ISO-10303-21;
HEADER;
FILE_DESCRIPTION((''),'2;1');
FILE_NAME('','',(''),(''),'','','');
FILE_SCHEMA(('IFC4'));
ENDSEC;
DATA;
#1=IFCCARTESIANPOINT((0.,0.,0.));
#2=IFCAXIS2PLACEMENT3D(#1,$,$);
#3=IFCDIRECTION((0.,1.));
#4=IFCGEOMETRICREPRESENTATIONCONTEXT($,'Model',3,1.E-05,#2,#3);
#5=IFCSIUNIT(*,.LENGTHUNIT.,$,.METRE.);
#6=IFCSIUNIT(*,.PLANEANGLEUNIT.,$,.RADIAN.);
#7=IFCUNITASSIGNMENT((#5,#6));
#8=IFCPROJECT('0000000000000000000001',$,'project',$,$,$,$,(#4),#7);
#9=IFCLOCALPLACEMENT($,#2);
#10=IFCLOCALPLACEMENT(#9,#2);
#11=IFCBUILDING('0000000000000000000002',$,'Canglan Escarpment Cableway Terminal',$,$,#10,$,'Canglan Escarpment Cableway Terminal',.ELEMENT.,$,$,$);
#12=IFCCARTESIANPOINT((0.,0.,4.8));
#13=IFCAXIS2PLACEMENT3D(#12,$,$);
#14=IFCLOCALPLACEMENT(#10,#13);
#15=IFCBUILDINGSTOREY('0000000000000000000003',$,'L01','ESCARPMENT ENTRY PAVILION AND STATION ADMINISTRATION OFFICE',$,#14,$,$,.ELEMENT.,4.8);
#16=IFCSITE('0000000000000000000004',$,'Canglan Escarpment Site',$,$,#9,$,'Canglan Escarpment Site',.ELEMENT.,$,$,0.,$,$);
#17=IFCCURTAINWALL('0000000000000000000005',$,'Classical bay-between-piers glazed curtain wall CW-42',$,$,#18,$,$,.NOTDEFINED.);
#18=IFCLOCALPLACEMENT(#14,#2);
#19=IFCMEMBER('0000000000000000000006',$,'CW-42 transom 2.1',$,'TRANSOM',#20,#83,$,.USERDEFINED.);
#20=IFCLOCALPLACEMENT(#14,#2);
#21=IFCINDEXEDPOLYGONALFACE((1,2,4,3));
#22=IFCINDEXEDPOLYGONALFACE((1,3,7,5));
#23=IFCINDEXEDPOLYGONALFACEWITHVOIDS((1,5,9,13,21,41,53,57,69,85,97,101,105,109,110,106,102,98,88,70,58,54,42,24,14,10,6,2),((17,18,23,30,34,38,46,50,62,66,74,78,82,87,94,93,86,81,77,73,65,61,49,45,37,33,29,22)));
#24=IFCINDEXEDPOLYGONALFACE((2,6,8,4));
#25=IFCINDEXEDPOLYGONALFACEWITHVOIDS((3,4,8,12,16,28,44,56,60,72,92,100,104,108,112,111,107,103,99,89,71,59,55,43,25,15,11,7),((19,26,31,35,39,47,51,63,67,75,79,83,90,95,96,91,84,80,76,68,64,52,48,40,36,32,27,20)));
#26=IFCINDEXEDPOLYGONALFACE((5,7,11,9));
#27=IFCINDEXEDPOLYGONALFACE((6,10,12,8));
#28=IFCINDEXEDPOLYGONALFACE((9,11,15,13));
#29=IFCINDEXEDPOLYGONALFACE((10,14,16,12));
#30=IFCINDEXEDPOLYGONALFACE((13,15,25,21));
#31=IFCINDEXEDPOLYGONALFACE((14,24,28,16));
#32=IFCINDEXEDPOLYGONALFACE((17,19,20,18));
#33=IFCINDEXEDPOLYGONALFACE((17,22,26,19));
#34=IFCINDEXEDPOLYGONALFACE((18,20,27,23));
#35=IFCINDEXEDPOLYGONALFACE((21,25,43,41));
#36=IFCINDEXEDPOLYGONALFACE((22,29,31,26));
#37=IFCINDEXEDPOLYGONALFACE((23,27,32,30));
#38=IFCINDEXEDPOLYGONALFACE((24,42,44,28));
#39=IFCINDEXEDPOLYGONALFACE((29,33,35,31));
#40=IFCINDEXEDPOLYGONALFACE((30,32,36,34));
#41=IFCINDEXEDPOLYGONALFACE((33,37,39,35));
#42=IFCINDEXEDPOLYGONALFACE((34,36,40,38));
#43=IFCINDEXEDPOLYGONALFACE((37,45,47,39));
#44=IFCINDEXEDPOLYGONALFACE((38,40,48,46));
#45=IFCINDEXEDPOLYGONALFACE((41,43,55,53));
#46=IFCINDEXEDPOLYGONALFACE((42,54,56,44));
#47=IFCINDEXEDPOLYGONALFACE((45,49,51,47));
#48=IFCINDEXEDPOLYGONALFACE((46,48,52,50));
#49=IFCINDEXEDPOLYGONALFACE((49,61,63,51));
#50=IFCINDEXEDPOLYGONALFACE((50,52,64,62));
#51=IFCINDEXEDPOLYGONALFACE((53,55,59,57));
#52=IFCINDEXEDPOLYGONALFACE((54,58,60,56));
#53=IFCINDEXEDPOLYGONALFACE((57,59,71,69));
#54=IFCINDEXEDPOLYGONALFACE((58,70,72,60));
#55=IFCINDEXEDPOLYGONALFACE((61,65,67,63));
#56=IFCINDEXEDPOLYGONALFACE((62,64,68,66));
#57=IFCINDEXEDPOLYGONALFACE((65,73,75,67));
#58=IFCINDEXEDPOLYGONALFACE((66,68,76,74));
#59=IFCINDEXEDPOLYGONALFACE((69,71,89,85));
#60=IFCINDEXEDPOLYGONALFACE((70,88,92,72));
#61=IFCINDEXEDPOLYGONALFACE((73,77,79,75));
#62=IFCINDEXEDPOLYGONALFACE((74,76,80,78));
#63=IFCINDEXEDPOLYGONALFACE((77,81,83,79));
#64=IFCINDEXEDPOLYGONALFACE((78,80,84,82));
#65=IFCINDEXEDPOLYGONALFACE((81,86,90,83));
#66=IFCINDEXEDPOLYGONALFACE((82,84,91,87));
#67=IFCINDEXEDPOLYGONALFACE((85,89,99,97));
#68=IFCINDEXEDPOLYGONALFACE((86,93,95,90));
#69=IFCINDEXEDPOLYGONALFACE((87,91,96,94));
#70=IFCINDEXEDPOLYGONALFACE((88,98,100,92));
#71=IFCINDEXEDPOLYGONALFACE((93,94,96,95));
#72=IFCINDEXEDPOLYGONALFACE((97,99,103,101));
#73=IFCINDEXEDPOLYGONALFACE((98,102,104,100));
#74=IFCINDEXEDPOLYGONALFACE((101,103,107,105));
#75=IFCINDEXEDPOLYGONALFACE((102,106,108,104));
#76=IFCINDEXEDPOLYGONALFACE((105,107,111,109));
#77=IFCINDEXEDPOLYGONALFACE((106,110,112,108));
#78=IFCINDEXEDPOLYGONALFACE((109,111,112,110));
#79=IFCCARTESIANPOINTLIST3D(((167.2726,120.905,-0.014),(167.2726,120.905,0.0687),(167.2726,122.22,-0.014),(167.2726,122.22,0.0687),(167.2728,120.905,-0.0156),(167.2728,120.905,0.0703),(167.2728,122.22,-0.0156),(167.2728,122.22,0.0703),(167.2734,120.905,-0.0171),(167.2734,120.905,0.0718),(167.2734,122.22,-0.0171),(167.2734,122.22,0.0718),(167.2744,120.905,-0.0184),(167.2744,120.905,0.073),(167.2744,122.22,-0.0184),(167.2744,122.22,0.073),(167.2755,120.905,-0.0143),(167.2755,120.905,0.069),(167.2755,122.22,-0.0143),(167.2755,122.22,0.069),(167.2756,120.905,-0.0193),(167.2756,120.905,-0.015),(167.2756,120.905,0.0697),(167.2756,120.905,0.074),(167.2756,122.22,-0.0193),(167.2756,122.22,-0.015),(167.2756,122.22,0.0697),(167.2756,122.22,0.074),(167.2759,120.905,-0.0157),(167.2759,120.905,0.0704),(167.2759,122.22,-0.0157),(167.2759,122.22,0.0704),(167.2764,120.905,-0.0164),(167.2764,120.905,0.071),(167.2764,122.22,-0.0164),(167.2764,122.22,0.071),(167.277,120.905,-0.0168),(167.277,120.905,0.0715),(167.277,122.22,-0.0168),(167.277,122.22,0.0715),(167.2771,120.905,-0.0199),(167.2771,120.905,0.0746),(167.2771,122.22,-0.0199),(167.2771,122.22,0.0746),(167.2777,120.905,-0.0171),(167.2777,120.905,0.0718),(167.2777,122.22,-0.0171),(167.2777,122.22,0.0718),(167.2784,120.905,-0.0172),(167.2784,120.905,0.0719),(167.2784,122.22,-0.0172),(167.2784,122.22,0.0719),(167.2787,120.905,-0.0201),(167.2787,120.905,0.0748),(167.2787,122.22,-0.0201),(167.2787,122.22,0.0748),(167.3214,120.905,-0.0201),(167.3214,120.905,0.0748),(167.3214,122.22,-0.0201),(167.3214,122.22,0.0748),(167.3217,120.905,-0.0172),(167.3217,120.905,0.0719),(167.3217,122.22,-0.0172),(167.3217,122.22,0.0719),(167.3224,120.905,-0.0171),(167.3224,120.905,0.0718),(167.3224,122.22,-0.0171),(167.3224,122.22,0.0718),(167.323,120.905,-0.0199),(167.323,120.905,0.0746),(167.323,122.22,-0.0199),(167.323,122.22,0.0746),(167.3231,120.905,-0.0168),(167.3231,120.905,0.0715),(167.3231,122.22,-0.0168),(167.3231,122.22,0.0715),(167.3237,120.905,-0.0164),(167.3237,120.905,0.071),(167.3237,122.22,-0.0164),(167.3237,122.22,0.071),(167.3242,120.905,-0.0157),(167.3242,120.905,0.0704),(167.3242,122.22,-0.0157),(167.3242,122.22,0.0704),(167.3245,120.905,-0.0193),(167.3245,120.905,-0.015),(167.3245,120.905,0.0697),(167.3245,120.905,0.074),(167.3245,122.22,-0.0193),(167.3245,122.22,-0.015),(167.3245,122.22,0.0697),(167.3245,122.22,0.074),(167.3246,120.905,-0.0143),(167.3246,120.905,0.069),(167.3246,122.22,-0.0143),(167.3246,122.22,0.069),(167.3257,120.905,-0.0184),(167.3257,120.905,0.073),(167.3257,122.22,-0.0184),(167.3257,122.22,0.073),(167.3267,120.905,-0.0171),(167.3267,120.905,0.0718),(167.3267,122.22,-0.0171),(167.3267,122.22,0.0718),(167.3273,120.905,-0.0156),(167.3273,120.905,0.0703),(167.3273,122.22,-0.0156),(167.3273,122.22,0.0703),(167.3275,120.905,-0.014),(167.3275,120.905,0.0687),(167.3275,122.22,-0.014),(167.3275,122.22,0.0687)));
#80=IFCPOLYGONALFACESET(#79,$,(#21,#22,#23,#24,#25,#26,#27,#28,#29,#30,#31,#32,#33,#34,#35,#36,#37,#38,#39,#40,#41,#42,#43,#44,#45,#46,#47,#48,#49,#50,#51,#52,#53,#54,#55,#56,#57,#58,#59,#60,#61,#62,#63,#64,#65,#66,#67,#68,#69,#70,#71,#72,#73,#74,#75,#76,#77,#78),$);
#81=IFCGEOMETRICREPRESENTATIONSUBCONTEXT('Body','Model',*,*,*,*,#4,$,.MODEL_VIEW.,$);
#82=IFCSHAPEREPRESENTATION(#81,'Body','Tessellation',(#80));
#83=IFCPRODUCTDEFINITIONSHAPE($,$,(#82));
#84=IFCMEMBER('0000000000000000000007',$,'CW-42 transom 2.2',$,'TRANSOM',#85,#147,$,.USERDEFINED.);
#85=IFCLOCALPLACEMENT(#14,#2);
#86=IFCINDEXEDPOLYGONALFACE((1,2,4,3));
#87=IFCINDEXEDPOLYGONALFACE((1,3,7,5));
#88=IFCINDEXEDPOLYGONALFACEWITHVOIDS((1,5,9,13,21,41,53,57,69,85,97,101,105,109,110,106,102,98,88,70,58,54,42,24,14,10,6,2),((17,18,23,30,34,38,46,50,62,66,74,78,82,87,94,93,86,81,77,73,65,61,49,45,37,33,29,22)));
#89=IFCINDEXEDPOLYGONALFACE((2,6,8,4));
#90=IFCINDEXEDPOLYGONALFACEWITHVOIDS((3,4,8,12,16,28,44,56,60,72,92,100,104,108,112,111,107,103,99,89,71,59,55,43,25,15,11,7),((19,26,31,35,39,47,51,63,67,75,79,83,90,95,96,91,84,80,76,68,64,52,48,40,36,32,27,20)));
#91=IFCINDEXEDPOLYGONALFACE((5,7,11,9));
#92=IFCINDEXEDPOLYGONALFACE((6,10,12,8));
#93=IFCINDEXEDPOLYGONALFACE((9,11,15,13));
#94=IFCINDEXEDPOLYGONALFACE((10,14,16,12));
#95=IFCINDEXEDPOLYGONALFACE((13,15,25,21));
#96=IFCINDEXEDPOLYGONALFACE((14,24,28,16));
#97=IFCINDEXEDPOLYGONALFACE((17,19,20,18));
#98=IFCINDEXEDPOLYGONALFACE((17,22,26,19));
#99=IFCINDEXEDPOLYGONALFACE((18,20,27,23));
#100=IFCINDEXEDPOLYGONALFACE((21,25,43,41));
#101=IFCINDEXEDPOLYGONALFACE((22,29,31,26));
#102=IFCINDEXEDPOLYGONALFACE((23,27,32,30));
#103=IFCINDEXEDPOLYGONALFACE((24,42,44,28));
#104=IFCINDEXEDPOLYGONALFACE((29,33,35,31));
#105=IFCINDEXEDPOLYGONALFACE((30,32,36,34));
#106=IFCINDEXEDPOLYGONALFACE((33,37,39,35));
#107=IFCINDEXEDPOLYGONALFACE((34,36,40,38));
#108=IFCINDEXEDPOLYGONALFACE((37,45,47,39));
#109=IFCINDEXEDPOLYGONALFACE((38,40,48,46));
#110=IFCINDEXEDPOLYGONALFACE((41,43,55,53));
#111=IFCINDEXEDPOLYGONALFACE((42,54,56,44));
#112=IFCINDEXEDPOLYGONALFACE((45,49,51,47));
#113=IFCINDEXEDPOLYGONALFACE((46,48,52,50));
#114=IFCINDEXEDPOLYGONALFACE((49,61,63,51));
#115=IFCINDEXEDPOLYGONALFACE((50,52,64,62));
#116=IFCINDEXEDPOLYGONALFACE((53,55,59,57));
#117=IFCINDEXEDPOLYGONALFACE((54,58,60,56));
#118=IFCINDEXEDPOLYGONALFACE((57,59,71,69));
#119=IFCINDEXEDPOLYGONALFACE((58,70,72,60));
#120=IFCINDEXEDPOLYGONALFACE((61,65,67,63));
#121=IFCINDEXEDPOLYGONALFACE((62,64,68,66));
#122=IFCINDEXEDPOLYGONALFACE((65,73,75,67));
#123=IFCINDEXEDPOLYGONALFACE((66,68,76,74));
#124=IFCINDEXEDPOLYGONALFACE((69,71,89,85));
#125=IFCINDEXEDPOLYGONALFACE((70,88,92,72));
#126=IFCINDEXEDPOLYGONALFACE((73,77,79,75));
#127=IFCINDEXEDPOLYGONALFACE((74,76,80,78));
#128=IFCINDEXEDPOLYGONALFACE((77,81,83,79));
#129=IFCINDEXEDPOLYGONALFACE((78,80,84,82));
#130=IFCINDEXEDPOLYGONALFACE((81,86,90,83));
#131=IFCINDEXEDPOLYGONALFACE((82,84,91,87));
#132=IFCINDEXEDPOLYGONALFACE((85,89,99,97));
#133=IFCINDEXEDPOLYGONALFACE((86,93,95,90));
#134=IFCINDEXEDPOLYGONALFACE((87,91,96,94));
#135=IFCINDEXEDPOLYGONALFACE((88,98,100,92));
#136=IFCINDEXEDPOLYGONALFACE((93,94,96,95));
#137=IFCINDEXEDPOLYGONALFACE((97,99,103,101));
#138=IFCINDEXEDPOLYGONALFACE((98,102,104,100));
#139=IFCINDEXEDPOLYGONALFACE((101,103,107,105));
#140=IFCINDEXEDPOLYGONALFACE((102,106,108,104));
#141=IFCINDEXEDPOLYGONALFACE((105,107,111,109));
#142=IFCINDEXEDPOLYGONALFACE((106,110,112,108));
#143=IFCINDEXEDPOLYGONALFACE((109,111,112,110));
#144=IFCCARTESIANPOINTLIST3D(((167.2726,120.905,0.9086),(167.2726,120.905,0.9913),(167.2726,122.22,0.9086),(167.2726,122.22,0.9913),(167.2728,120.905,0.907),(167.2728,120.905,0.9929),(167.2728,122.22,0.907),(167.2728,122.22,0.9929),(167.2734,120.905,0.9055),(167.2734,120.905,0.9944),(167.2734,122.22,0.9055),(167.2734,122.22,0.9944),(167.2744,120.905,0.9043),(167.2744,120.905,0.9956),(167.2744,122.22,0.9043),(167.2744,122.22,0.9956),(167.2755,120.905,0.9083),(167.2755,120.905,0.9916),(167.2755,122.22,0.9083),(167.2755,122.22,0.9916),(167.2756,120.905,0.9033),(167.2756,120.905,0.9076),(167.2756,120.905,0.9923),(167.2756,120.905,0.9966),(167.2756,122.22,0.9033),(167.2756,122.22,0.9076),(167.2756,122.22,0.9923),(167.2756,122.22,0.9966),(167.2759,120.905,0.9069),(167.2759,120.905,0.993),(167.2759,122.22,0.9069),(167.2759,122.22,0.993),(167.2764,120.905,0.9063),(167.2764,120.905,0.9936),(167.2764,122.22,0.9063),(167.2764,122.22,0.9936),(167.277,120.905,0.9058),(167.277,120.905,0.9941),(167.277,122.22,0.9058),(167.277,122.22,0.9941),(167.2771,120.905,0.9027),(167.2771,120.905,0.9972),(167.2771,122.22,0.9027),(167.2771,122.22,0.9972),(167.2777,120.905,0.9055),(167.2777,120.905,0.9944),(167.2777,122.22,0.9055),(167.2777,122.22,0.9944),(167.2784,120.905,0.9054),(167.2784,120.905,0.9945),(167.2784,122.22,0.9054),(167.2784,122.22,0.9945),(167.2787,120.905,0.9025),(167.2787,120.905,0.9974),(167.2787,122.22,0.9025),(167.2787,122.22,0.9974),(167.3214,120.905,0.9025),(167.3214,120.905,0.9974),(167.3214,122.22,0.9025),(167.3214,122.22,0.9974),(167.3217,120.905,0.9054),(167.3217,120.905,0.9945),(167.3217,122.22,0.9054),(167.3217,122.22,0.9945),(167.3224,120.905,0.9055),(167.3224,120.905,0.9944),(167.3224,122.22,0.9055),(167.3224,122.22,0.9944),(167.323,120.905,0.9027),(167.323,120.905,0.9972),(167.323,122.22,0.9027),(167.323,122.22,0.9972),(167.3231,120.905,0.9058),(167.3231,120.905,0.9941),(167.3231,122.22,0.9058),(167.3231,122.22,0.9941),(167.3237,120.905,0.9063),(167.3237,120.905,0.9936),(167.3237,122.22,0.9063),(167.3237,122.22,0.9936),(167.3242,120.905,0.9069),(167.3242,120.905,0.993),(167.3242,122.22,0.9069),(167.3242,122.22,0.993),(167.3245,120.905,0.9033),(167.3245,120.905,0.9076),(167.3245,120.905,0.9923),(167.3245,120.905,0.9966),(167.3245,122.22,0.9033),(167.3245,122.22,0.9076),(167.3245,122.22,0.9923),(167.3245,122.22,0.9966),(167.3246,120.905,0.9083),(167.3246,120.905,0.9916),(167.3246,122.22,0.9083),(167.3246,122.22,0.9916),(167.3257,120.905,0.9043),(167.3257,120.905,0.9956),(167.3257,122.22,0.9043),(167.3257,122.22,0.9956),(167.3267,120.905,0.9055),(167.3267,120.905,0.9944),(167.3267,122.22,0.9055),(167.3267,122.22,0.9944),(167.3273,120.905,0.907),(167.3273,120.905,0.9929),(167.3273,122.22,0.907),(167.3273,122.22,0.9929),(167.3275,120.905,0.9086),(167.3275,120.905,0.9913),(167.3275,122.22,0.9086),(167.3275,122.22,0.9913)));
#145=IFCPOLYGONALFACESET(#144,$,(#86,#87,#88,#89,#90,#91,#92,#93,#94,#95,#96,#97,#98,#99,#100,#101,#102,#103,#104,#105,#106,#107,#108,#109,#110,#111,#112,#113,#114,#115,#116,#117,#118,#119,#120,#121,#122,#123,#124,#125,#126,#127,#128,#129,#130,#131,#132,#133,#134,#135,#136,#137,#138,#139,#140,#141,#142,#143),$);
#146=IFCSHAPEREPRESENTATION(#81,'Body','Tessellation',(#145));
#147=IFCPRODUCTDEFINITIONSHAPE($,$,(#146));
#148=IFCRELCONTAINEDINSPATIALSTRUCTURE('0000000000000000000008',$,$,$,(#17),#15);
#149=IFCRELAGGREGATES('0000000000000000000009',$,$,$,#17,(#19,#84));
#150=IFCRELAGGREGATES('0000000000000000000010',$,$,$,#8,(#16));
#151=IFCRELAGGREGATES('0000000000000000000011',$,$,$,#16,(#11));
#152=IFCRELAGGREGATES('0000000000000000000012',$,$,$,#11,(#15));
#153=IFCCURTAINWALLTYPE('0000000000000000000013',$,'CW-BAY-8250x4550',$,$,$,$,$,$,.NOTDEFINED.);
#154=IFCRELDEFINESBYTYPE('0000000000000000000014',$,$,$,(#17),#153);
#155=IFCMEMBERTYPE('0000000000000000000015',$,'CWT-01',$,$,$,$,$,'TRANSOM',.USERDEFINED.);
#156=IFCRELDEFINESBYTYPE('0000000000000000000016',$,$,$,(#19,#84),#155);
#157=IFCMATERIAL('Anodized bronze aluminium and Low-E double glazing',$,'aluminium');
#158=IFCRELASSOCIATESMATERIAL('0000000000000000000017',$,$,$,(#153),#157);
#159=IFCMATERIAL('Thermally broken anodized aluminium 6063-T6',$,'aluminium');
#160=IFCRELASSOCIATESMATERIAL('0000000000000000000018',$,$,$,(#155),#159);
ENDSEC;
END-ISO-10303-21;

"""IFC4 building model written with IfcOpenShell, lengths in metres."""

from ifc_helpers import new_model, si_unit, direction, frame, origin, origin_2d, place, context, subcontext, project, spatial, hollow_rectangle, extrude, material, material_profile, profile_set, type_object, element, aggregate, save


model = new_model("IFC4")

# Units and contexts
model_context = context("Model", 3, precision=1e-05, world=origin(), true_north=direction((0.0, 1.0)))
body_context = subcontext(model_context, "Body", "Model", "MODEL_VIEW")
ifc_project = project(units=[si_unit("LENGTHUNIT", "METRE"), si_unit("PLANEANGLEUNIT", "RADIAN")], contexts=[model_context])

# Site, building, storey
site_placement = place(None, origin())
site = spatial("IfcSite", under=ifc_project, at=site_placement, Name="Canglan Escarpment Site", LongName="Canglan Escarpment Site", CompositionType="ELEMENT", RefElevation=0.0)
building_placement = place(site_placement, origin())
building = spatial("IfcBuilding", under=site, at=building_placement, Name="Canglan Escarpment Cableway Terminal", LongName="Canglan Escarpment Cableway Terminal", CompositionType="ELEMENT")
storey_placement = place(building_placement, frame((0.0, 0.0, 4.8)))
storey = spatial("IfcBuildingStorey", under=building, at=storey_placement, Name="L01", Description="ESCARPMENT ENTRY PAVILION AND STATION ADMINISTRATION OFFICE", CompositionType="ELEMENT", Elevation=4.8)

# Curtain wall, members
ifc_material_1 = material(Name="Anodized bronze aluminium and Low-E double glazing", Category="aluminium")
curtain_wall_type = type_object("IfcCurtainWallType", Name="CW-BAY-8250x4550", PredefinedType="NOTDEFINED", material=ifc_material_1)
curtain_wall_placement = place(storey_placement, origin())
curtain_wall = element("IfcCurtainWall", 1, at=curtain_wall_placement, inside=storey, type_object=curtain_wall_type, Name="Classical bay-between-piers glazed curtain wall CW-42", PredefinedType="NOTDEFINED")
ifc_material_2 = material(Name="Thermally broken anodized aluminium 6063-T6", Category="aluminium")
ifc_material_profile_1 = material_profile(ifc_material_2, hollow_rectangle(XDim=0.0549, YDim=0.095, WallThickness=0.0029, InnerFilletRadius=0.0029, OuterFilletRadius=0.0061, at=origin_2d()), Name="ALU-TRAN 55x95x3")
ifc_profile_set_1 = profile_set([ifc_material_profile_1], Name="Thermally broken anodized aluminium 6063-T6")
member_type_1 = type_object("IfcMemberType", Name="CWT-01", ElementType="TRANSOM", PredefinedType="USERDEFINED", material=ifc_profile_set_1)
member_1_placement = place(storey_placement, frame((167.3, 122.22, 0.0273), z_axis=(0.0, -1.0, 0.0), x_axis=(1.0, 0.0, 0.0)))
member_1 = element("IfcMember", 2, at=member_1_placement, type_object=member_type_1, Name="CW-42 transom 2.1", ObjectType="TRANSOM", PredefinedType="USERDEFINED", context=body_context, shape_type="SweptSolid", body=[
    extrude(hollow_rectangle(XDim=0.0549, YDim=0.095, WallThickness=0.0029, InnerFilletRadius=0.0029, OuterFilletRadius=0.0061, at=origin_2d()), origin(), (0.0, 0.0, 1.0), 1.3149),
])
member_2_placement = place(storey_placement, frame((167.3, 122.22, 0.95), z_axis=(0.0, -1.0, 0.0), x_axis=(1.0, 0.0, 0.0)))
member_2 = element("IfcMember", 3, at=member_2_placement, type_object=member_type_1, Name="CW-42 transom 2.2", ObjectType="TRANSOM", PredefinedType="USERDEFINED", context=body_context, shape_type="SweptSolid", body=[
    extrude(hollow_rectangle(XDim=0.0549, YDim=0.095, WallThickness=0.0029, InnerFilletRadius=0.0029, OuterFilletRadius=0.0061, at=origin_2d()), origin(), (0.0, 0.0, 1.0), 1.3149),
])

aggregate(curtain_wall, [member_1, member_2])

save(model, "model.ifc")
